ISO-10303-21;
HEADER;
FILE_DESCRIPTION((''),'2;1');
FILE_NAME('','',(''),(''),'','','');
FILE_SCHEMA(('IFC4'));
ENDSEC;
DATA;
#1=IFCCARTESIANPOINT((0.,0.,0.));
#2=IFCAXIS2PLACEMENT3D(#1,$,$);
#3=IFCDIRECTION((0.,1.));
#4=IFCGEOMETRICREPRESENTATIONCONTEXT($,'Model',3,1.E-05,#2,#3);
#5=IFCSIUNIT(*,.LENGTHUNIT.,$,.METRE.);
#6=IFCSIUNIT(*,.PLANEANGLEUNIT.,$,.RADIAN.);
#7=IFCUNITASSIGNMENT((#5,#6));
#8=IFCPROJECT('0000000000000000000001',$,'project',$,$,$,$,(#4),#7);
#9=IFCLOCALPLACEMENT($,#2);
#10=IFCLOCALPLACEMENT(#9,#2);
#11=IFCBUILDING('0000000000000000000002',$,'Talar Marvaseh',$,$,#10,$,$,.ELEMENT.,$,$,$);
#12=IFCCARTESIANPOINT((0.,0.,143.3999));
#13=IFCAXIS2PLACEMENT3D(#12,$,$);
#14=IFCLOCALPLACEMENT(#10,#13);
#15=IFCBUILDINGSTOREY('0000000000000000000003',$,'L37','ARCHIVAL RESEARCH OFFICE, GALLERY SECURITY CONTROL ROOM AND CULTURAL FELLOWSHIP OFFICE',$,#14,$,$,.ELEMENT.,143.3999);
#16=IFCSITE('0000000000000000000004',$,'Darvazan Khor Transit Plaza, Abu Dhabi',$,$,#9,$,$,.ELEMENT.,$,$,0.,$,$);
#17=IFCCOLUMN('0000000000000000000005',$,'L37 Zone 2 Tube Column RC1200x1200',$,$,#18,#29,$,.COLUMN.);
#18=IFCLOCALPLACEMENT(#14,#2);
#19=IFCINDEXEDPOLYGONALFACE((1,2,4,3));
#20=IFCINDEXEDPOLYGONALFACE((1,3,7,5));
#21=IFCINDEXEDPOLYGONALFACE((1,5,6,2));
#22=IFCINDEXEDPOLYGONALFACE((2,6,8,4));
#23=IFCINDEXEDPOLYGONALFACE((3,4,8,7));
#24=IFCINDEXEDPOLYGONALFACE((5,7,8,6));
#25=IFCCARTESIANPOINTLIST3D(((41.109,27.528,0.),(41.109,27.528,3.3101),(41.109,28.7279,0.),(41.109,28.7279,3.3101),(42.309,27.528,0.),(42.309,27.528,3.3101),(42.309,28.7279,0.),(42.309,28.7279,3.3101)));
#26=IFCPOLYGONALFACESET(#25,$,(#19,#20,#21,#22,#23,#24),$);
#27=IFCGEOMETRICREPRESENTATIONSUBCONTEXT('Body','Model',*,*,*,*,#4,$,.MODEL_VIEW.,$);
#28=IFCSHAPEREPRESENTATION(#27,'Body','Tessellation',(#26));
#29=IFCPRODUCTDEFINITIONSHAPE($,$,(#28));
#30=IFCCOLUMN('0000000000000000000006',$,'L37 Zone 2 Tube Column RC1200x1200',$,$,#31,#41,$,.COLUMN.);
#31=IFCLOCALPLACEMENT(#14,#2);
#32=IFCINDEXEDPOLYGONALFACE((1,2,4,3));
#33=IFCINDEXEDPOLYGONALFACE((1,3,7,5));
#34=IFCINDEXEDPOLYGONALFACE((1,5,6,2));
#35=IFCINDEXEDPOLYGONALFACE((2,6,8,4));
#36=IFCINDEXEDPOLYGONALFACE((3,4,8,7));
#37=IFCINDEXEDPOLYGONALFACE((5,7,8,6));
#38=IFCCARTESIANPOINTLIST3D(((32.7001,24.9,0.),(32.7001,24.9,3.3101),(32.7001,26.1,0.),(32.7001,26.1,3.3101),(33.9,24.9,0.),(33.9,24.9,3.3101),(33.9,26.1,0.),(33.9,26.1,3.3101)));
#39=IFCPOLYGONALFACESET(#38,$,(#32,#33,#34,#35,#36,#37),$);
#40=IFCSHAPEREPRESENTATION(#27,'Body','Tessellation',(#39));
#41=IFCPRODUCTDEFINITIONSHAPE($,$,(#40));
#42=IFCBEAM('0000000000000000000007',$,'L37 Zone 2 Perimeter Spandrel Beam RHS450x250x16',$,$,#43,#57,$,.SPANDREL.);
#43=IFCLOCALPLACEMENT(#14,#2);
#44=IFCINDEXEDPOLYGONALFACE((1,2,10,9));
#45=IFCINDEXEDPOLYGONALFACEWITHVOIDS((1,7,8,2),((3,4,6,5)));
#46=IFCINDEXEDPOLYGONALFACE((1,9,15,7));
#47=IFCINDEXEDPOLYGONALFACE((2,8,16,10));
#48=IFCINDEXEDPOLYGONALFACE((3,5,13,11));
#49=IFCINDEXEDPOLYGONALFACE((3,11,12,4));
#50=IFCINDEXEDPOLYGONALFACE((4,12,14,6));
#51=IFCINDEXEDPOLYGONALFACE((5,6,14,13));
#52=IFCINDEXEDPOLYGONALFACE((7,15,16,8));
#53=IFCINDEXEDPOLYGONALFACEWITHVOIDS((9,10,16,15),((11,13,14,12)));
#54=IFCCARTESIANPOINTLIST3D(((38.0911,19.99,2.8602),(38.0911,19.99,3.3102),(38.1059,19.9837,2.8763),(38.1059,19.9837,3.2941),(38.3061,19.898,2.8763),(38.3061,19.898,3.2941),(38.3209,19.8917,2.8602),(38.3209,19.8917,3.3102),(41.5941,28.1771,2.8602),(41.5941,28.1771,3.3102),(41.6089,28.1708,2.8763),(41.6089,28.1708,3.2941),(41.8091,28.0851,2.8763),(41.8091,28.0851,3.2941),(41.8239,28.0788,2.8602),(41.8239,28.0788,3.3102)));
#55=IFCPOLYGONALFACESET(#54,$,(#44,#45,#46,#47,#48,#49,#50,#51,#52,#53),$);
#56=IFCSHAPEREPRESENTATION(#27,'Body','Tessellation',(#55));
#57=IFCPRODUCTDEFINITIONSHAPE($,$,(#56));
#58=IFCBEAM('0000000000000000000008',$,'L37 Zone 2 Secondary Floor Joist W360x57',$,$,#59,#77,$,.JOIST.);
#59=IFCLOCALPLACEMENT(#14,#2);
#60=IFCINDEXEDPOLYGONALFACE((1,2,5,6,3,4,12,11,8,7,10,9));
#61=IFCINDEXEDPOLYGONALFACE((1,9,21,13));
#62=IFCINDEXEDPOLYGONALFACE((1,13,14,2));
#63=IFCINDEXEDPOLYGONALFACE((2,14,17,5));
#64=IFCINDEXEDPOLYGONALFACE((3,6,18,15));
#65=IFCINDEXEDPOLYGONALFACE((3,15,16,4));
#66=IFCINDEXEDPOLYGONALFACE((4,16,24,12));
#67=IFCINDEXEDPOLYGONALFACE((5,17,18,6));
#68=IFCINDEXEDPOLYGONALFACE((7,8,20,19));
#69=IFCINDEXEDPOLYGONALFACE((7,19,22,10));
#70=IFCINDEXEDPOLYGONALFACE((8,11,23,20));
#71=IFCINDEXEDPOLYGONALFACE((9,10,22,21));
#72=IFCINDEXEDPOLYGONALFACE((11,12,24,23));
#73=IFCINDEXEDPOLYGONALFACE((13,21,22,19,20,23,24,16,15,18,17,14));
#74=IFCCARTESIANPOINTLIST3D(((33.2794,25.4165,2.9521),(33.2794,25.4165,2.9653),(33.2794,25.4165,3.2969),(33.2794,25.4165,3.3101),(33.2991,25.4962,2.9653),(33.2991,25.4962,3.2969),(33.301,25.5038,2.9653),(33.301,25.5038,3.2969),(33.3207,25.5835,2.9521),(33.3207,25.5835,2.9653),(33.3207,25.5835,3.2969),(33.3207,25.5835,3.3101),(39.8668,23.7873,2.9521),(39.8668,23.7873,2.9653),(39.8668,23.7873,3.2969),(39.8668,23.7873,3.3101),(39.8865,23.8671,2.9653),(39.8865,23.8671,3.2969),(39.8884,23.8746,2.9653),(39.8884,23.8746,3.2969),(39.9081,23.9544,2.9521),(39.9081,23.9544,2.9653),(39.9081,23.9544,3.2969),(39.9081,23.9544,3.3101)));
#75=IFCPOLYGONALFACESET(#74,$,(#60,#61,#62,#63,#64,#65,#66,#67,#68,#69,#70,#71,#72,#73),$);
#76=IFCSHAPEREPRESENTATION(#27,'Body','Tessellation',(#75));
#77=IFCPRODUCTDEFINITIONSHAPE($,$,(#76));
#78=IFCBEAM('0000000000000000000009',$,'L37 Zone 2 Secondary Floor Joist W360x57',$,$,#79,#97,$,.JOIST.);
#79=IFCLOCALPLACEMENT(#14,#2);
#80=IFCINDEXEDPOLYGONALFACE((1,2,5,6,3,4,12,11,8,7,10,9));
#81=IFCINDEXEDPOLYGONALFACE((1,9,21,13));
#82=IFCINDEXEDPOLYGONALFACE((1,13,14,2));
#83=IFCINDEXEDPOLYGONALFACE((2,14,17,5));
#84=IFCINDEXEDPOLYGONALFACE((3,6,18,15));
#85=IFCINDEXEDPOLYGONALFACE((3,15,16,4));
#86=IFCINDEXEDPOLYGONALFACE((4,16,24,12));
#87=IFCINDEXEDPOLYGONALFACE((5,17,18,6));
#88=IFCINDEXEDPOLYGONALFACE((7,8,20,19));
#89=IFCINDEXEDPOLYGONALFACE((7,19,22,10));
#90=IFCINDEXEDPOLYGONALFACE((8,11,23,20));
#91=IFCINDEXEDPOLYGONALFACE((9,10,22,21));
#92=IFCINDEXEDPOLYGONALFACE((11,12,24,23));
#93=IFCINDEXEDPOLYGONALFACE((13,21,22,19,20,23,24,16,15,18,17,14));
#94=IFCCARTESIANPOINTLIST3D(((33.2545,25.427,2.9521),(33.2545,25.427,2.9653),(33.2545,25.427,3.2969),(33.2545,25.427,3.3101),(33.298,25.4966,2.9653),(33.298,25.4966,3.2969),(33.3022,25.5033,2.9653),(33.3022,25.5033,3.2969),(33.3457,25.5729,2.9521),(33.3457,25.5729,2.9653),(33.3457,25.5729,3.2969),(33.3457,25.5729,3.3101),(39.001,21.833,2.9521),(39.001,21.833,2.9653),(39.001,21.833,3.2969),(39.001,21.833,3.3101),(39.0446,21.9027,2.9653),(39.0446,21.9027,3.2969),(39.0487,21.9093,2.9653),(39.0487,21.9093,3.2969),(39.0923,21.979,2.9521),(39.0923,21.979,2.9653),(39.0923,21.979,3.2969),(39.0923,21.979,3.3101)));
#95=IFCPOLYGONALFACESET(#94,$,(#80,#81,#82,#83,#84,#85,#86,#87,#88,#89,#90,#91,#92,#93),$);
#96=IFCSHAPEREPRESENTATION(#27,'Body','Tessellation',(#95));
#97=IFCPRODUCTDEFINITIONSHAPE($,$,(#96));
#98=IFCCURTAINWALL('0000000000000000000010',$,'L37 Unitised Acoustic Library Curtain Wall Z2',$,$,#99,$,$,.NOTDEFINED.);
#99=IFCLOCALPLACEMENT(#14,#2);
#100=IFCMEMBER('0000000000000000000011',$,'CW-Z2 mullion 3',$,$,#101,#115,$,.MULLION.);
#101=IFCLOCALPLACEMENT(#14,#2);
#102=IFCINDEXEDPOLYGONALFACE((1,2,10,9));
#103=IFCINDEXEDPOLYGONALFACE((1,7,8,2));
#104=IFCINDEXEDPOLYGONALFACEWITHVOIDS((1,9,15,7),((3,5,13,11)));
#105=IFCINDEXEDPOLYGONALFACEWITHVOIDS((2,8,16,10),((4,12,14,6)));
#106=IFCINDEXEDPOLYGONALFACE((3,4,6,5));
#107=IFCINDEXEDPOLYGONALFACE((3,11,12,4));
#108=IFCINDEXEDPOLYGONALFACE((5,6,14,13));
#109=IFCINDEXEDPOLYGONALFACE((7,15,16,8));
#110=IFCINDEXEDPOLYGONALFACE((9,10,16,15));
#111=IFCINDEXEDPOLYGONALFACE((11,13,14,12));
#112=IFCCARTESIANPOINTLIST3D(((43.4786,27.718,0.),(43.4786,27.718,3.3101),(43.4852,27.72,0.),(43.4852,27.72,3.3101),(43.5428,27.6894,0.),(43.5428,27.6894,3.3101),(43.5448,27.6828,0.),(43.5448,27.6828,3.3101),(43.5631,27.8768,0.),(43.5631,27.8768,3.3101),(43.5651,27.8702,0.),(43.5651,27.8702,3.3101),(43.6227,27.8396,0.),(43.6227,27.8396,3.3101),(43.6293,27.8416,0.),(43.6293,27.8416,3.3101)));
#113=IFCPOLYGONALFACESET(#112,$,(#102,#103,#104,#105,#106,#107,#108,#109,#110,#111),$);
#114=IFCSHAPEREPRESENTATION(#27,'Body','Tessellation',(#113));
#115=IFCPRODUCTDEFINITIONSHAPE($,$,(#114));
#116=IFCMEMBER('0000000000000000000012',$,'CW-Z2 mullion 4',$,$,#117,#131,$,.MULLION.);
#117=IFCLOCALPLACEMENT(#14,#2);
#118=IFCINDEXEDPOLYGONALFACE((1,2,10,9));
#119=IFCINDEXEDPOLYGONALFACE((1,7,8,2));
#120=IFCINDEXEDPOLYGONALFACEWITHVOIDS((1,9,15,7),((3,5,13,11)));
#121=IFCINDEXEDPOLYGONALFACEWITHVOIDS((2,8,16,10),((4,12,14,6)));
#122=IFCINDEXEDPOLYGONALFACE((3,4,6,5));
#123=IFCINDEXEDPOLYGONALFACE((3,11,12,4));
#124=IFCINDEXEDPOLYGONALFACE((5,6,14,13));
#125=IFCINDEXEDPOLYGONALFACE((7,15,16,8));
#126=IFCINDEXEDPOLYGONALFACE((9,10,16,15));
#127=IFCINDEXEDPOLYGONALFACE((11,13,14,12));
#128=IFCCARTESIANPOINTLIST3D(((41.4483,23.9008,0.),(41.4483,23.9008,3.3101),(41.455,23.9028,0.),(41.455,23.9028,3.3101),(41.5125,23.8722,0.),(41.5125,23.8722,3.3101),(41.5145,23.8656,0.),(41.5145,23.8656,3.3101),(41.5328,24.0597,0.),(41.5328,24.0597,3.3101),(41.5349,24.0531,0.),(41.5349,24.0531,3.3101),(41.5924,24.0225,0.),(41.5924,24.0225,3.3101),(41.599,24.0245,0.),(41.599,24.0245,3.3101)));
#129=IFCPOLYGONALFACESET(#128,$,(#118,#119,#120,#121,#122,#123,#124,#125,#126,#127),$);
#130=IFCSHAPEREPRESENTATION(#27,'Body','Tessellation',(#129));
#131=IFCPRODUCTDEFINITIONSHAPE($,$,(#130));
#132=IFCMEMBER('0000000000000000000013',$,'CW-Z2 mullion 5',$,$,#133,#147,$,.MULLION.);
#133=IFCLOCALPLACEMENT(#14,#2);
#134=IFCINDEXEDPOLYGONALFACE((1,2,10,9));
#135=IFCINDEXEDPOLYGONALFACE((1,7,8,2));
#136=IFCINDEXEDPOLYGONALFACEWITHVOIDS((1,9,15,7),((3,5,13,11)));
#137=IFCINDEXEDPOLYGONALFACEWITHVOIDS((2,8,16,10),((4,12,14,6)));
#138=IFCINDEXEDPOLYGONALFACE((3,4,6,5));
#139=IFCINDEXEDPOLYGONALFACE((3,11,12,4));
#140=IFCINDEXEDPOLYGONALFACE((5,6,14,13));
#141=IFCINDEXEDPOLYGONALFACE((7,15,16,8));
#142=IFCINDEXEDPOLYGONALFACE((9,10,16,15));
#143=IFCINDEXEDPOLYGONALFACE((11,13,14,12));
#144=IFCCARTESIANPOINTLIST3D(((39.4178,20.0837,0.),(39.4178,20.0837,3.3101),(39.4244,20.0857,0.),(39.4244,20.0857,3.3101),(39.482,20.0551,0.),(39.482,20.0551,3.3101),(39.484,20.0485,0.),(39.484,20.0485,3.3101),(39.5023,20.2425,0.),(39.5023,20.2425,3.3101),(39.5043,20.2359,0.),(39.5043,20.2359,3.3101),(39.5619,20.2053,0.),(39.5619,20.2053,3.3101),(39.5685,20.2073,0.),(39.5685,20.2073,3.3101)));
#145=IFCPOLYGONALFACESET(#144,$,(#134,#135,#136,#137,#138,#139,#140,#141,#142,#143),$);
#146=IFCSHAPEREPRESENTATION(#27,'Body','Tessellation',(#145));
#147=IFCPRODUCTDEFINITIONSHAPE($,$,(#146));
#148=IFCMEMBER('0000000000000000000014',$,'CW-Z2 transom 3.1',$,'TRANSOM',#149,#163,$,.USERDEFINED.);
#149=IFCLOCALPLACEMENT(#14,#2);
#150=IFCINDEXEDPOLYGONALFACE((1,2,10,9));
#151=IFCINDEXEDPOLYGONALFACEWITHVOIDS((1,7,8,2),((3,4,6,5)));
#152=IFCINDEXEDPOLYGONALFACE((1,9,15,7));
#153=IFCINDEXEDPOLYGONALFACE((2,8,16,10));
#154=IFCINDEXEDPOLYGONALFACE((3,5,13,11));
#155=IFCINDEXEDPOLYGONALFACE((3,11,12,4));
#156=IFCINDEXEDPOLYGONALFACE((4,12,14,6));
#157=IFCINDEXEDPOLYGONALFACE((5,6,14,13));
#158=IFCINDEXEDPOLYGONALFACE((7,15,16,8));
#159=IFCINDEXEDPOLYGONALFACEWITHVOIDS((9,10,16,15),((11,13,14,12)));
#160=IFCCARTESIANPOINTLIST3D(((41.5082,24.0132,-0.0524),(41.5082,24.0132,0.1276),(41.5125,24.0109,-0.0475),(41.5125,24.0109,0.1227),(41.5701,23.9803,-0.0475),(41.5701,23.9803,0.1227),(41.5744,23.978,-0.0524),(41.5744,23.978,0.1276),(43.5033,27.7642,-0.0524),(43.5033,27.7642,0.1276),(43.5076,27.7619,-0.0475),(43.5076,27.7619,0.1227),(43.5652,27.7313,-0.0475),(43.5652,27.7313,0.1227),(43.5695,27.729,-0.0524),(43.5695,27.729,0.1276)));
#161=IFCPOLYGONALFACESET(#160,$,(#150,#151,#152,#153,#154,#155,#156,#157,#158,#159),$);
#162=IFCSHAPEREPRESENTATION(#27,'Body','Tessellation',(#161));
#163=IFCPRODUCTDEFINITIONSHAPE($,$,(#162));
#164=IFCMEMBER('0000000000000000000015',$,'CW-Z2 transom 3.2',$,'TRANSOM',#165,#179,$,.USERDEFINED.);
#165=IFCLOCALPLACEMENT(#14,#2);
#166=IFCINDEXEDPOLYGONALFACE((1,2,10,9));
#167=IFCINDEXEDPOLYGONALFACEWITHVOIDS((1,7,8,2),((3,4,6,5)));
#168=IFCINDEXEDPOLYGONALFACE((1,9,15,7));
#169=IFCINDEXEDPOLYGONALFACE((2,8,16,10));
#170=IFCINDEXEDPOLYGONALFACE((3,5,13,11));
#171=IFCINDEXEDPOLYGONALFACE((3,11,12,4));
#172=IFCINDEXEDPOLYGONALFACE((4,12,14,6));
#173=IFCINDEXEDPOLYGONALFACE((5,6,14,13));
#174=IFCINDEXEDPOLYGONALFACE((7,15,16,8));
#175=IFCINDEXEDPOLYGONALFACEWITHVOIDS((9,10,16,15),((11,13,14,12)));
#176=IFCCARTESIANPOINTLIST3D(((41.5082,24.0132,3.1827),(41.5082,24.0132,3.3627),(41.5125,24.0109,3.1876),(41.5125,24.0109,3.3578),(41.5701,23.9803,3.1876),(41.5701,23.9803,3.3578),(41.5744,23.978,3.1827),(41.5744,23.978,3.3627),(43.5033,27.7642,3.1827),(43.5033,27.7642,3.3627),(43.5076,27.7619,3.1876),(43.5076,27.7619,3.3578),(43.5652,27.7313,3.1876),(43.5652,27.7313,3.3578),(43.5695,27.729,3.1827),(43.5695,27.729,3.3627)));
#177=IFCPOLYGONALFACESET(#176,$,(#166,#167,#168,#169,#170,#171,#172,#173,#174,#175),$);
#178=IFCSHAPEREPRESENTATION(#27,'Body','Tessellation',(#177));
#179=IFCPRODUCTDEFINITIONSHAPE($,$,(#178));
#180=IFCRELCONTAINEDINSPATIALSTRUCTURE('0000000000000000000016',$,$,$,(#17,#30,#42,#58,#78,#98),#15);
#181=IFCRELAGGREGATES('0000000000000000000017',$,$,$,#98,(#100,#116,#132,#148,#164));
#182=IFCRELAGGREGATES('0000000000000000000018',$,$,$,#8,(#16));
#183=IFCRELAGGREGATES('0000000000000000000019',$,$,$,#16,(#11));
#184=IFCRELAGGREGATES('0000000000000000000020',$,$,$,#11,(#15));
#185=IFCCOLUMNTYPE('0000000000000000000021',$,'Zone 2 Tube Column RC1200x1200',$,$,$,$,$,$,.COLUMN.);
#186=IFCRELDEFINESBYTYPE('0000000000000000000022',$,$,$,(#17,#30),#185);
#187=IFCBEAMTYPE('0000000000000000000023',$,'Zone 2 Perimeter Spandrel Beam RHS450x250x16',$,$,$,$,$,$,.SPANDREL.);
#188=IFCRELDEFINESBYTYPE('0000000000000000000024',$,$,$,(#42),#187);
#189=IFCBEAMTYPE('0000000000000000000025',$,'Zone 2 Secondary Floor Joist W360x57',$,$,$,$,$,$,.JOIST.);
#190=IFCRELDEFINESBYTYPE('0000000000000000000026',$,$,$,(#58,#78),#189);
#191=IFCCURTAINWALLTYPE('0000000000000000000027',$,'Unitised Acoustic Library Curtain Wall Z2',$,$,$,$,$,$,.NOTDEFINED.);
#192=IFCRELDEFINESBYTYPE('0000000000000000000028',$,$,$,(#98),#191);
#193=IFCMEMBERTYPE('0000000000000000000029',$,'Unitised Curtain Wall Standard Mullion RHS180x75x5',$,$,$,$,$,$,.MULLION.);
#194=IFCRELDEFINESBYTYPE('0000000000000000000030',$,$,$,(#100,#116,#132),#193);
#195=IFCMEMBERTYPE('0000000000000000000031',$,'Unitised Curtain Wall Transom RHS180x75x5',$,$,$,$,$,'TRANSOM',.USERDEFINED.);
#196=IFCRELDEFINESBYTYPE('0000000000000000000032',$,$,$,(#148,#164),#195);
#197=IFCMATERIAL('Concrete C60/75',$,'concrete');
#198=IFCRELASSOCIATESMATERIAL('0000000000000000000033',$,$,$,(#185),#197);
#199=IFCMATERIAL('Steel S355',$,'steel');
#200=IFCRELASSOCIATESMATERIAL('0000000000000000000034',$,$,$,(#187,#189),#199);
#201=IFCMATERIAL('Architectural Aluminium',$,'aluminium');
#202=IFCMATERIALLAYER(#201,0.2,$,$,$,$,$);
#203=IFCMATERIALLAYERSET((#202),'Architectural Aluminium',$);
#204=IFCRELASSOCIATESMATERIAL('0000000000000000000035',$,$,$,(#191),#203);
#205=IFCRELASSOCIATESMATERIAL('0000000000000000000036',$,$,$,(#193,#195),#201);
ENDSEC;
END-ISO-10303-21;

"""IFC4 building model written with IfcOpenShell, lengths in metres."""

from ifc_helpers import new_model, si_unit, direction, frame, origin, origin_2d, place, context, subcontext, project, spatial, rectangle, hollow_rectangle, i_section, extrude, source, transform, mapped, material, layer, layer_set, material_profile, profile_set, type_object, type_shapes, element, aggregate, save


model = new_model("IFC4")

# Units and contexts
model_context = context("Model", 3, precision=1e-05, world=origin(), true_north=direction((0.0, 1.0)))
body_context = subcontext(model_context, "Body", "Model", "MODEL_VIEW")
ifc_project = project(units=[si_unit("LENGTHUNIT", "METRE"), si_unit("PLANEANGLEUNIT", "RADIAN")], contexts=[model_context])

# Site, building, storey
site_placement = place(None, origin())
site = spatial("IfcSite", under=ifc_project, at=site_placement, Name="Darvazan Khor Transit Plaza, Abu Dhabi", CompositionType="ELEMENT", RefElevation=0.0)
building_placement = place(site_placement, origin())
building = spatial("IfcBuilding", under=site, at=building_placement, Name="Talar Marvaseh", CompositionType="ELEMENT")
storey_placement = place(building_placement, frame((0.0, 0.0, 143.3999)))
storey = spatial("IfcBuildingStorey", under=building, at=storey_placement, Name="L37", Description="ARCHIVAL RESEARCH OFFICE, GALLERY SECURITY CONTROL ROOM AND CULTURAL FELLOWSHIP OFFICE", CompositionType="ELEMENT", Elevation=143.3999)

# Columns
ifc_material_1 = material(Name="Concrete C60/75", Category="concrete")
ifc_material_profile_1 = material_profile(ifc_material_1, rectangle(XDim=1.2, YDim=1.2, at=origin_2d()), Name="RC1200x1200")
ifc_profile_set_1 = profile_set([ifc_material_profile_1], Name="Concrete C60/75")
column_type = type_object("IfcColumnType", Name="Zone 2 Tube Column RC1200x1200", PredefinedType="COLUMN", material=ifc_profile_set_1)
for number, where, z_axis, x_axis, name in (
    (1, (41.709, 28.1279, 0.0), (0.0, 0.0, 1.0), (1.0, 0.0, 0.0), "L37 Zone 2 Tube Column RC1200x1200"),
    (2, (33.3, 25.5, 0.0), (0.0, 0.0, 1.0), (1.0, 0.0, 0.0), "L37 Zone 2 Tube Column RC1200x1200"),
):
    element("IfcColumn", number, at=place(storey_placement, frame(where, z_axis=z_axis, x_axis=x_axis)), inside=storey, type_object=column_type, Name=name, PredefinedType="COLUMN", context=body_context, shape_type="SweptSolid", body=[
        extrude(rectangle(XDim=1.2, YDim=1.2, at=origin_2d()), origin(), (0.0, 0.0, 1.0), 3.3101),
    ])

# Beams
ifc_material_2 = material(Name="Steel S355", Category="steel")
ifc_material_profile_2 = material_profile(ifc_material_2, hollow_rectangle(XDim=0.25, YDim=0.45, WallThickness=0.0161, at=origin_2d()), Name="RHS450x250x16")
ifc_profile_set_2 = profile_set([ifc_material_profile_2], Name="Steel S355")
beam_type_1 = type_object("IfcBeamType", Name="Zone 2 Perimeter Spandrel Beam RHS450x250x16", PredefinedType="SPANDREL", material=ifc_profile_set_2)
beam_1_placement = place(storey_placement, frame((41.709, 28.1279, 3.0852), z_axis=(-0.39337, -0.91938, 0.0), x_axis=(0.91938, -0.39337, 0.0)))
element("IfcBeam", 3, at=beam_1_placement, inside=storey, type_object=beam_type_1, Name="L37 Zone 2 Perimeter Spandrel Beam RHS450x250x16", PredefinedType="SPANDREL", context=body_context, shape_type="SweptSolid", body=[
    extrude(hollow_rectangle(XDim=0.25, YDim=0.45, WallThickness=0.0161, at=origin_2d()), origin(), (0.0, 0.0, 1.0), 8.905),
])
ifc_material_profile_3 = material_profile(ifc_material_2, i_section(OverallWidth=0.1721, OverallDepth=0.3579, WebThickness=0.0078, FlangeThickness=0.0132, at=origin_2d()), Name="W360x57")
ifc_profile_set_3 = profile_set([ifc_material_profile_3], Name="Steel S355")
beam_type_2 = type_object("IfcBeamType", Name="Zone 2 Secondary Floor Joist W360x57", PredefinedType="JOIST", material=ifc_profile_set_3)
beam_2_placement = place(storey_placement, frame((39.8875, 23.8708, 3.1311), z_axis=(-0.970753, 0.24008, 0.0), x_axis=(-0.24008, -0.970753, 0.0)))
element("IfcBeam", 4, at=beam_2_placement, inside=storey, type_object=beam_type_2, Name="L37 Zone 2 Secondary Floor Joist W360x57", PredefinedType="JOIST", context=body_context, shape_type="SweptSolid", body=[
    extrude(i_section(OverallWidth=0.1721, OverallDepth=0.3579, WebThickness=0.0078, FlangeThickness=0.0132, at=origin_2d()), origin(), (0.0, 0.0, 1.0), 6.7859),
])
beam_3_placement = place(storey_placement, frame((39.0466, 21.906, 3.1311), z_axis=(-0.84784, 0.530251, 0.0), x_axis=(-0.530251, -0.84784, 0.0)))
element("IfcBeam", 5, at=beam_3_placement, inside=storey, type_object=beam_type_2, Name="L37 Zone 2 Secondary Floor Joist W360x57", PredefinedType="JOIST", context=body_context, shape_type="SweptSolid", body=[
    extrude(i_section(OverallWidth=0.1721, OverallDepth=0.3579, WebThickness=0.0078, FlangeThickness=0.0132, at=origin_2d()), origin(), (0.0, 0.0, 1.0), 6.7778),
])

# Curtain wall, members
ifc_material_3 = material(Name="Architectural Aluminium", Category="aluminium")
ifc_layer_1 = layer(ifc_material_3, 0.2)
ifc_layer_set_1 = layer_set([ifc_layer_1], Name="Architectural Aluminium")
curtain_wall_type = type_object("IfcCurtainWallType", Name="Unitised Acoustic Library Curtain Wall Z2", PredefinedType="NOTDEFINED", material=ifc_layer_set_1)
curtain_wall_placement = place(storey_placement, origin())
curtain_wall = element("IfcCurtainWall", 6, at=curtain_wall_placement, inside=storey, type_object=curtain_wall_type, Name="L37 Unitised Acoustic Library Curtain Wall Z2", PredefinedType="NOTDEFINED")
ifc_material_profile_4 = material_profile(ifc_material_3, hollow_rectangle(XDim=0.075, YDim=0.1799, WallThickness=0.0049, at=origin_2d()), Name="RHS180x75x5")
ifc_profile_set_4 = profile_set([ifc_material_profile_4], Name="Architectural Aluminium")
member_type_1 = type_object("IfcMemberType", Name="Unitised Curtain Wall Standard Mullion RHS180x75x5", PredefinedType="MULLION", material=ifc_profile_set_4)
shared_shape_1 = source(origin(), body_context, "Body", "SweptSolid", [
    extrude(hollow_rectangle(XDim=0.075, YDim=0.1799, WallThickness=0.0049, at=origin_2d()), origin(), (0.0, 0.0, 1.0), 3.3101),
])
type_shapes(member_type_1, [shared_shape_1])
member_1_placement = place(storey_placement, frame((43.554, 27.7798, 0.0), z_axis=(0.0, 0.0, 1.0), x_axis=(0.882874, -0.469611, 0.0)))
member_1 = element("IfcMember", 7, at=member_1_placement, type_object=member_type_1, Name="CW-Z2 mullion 3", PredefinedType="MULLION", context=body_context, shape_type="MappedRepresentation", body=[
    mapped(shared_shape_1, transform((0.0, 0.0, 0.0), x_axis=(1.0, 0.0, 0.0), y_axis=(0.0, 1.0, 0.0), z_axis=(0.0, 0.0, 1.0), scale=1.0)),
])
member_2_placement = place(storey_placement, frame((41.5237, 23.9626, 0.0), z_axis=(0.0, 0.0, 1.0), x_axis=(0.882874, -0.469611, 0.0)))
member_2 = element("IfcMember", 8, at=member_2_placement, type_object=member_type_1, Name="CW-Z2 mullion 4", PredefinedType="MULLION", context=body_context, shape_type="MappedRepresentation", body=[
    mapped(shared_shape_1, transform((0.0, 0.0, 0.0), x_axis=(1.0, 0.0, 0.0), y_axis=(0.0, 1.0, 0.0), z_axis=(0.0, 0.0, 1.0), scale=1.0)),
])
member_3_placement = place(storey_placement, frame((39.4932, 20.1455, 0.0), z_axis=(0.0, 0.0, 1.0), x_axis=(0.882874, -0.469611, 0.0)))
member_3 = element("IfcMember", 9, at=member_3_placement, type_object=member_type_1, Name="CW-Z2 mullion 5", PredefinedType="MULLION", context=body_context, shape_type="MappedRepresentation", body=[
    mapped(shared_shape_1, transform((0.0, 0.0, 0.0), x_axis=(1.0, 0.0, 0.0), y_axis=(0.0, 1.0, 0.0), z_axis=(0.0, 0.0, 1.0), scale=1.0)),
])
ifc_material_profile_5 = material_profile(ifc_material_3, hollow_rectangle(XDim=0.075, YDim=0.1799, WallThickness=0.0049, at=origin_2d()), Name="RHS180x75x5")
ifc_profile_set_5 = profile_set([ifc_material_profile_5], Name="Architectural Aluminium")
member_type_2 = type_object("IfcMemberType", Name="Unitised Curtain Wall Transom RHS180x75x5", ElementType="TRANSOM", PredefinedType="USERDEFINED", material=ifc_profile_set_5)
shared_shape_2 = source(origin(), body_context, "Body", "SweptSolid", [
    extrude(hollow_rectangle(XDim=0.075, YDim=0.1799, WallThickness=0.0049, at=origin_2d()), origin(), (0.0, 0.0, 1.0), 4.2485),
])
member_4_placement = place(storey_placement, frame((43.5364, 27.7466, 0.0376), z_axis=(-0.469598, -0.88288, 0.0), x_axis=(0.88288, -0.469598, 0.0)))
member_4 = element("IfcMember", 10, at=member_4_placement, type_object=member_type_2, Name="CW-Z2 transom 3.1", ObjectType="TRANSOM", PredefinedType="USERDEFINED", context=body_context, shape_type="MappedRepresentation", body=[
    mapped(shared_shape_2, transform((0.0, 0.0, 0.0), x_axis=(1.0, 0.0, 0.0), y_axis=(0.0, 1.0, 0.0), z_axis=(0.0, 0.0, 1.0), scale=1.0)),
])
member_5_placement = place(storey_placement, frame((43.5364, 27.7466, 3.2727), z_axis=(-0.469598, -0.88288, 0.0), x_axis=(0.88288, -0.469598, 0.0)))
member_5 = element("IfcMember", 11, at=member_5_placement, type_object=member_type_2, Name="CW-Z2 transom 3.2", ObjectType="TRANSOM", PredefinedType="USERDEFINED", context=body_context, shape_type="MappedRepresentation", body=[
    mapped(shared_shape_2, transform((0.0, 0.0, 0.0), x_axis=(1.0, 0.0, 0.0), y_axis=(0.0, 1.0, 0.0), z_axis=(0.0, 0.0, 1.0), scale=1.0)),
])
aggregate(curtain_wall, [member_1, member_2, member_3, member_4, member_5])

save(model, "model.ifc")
